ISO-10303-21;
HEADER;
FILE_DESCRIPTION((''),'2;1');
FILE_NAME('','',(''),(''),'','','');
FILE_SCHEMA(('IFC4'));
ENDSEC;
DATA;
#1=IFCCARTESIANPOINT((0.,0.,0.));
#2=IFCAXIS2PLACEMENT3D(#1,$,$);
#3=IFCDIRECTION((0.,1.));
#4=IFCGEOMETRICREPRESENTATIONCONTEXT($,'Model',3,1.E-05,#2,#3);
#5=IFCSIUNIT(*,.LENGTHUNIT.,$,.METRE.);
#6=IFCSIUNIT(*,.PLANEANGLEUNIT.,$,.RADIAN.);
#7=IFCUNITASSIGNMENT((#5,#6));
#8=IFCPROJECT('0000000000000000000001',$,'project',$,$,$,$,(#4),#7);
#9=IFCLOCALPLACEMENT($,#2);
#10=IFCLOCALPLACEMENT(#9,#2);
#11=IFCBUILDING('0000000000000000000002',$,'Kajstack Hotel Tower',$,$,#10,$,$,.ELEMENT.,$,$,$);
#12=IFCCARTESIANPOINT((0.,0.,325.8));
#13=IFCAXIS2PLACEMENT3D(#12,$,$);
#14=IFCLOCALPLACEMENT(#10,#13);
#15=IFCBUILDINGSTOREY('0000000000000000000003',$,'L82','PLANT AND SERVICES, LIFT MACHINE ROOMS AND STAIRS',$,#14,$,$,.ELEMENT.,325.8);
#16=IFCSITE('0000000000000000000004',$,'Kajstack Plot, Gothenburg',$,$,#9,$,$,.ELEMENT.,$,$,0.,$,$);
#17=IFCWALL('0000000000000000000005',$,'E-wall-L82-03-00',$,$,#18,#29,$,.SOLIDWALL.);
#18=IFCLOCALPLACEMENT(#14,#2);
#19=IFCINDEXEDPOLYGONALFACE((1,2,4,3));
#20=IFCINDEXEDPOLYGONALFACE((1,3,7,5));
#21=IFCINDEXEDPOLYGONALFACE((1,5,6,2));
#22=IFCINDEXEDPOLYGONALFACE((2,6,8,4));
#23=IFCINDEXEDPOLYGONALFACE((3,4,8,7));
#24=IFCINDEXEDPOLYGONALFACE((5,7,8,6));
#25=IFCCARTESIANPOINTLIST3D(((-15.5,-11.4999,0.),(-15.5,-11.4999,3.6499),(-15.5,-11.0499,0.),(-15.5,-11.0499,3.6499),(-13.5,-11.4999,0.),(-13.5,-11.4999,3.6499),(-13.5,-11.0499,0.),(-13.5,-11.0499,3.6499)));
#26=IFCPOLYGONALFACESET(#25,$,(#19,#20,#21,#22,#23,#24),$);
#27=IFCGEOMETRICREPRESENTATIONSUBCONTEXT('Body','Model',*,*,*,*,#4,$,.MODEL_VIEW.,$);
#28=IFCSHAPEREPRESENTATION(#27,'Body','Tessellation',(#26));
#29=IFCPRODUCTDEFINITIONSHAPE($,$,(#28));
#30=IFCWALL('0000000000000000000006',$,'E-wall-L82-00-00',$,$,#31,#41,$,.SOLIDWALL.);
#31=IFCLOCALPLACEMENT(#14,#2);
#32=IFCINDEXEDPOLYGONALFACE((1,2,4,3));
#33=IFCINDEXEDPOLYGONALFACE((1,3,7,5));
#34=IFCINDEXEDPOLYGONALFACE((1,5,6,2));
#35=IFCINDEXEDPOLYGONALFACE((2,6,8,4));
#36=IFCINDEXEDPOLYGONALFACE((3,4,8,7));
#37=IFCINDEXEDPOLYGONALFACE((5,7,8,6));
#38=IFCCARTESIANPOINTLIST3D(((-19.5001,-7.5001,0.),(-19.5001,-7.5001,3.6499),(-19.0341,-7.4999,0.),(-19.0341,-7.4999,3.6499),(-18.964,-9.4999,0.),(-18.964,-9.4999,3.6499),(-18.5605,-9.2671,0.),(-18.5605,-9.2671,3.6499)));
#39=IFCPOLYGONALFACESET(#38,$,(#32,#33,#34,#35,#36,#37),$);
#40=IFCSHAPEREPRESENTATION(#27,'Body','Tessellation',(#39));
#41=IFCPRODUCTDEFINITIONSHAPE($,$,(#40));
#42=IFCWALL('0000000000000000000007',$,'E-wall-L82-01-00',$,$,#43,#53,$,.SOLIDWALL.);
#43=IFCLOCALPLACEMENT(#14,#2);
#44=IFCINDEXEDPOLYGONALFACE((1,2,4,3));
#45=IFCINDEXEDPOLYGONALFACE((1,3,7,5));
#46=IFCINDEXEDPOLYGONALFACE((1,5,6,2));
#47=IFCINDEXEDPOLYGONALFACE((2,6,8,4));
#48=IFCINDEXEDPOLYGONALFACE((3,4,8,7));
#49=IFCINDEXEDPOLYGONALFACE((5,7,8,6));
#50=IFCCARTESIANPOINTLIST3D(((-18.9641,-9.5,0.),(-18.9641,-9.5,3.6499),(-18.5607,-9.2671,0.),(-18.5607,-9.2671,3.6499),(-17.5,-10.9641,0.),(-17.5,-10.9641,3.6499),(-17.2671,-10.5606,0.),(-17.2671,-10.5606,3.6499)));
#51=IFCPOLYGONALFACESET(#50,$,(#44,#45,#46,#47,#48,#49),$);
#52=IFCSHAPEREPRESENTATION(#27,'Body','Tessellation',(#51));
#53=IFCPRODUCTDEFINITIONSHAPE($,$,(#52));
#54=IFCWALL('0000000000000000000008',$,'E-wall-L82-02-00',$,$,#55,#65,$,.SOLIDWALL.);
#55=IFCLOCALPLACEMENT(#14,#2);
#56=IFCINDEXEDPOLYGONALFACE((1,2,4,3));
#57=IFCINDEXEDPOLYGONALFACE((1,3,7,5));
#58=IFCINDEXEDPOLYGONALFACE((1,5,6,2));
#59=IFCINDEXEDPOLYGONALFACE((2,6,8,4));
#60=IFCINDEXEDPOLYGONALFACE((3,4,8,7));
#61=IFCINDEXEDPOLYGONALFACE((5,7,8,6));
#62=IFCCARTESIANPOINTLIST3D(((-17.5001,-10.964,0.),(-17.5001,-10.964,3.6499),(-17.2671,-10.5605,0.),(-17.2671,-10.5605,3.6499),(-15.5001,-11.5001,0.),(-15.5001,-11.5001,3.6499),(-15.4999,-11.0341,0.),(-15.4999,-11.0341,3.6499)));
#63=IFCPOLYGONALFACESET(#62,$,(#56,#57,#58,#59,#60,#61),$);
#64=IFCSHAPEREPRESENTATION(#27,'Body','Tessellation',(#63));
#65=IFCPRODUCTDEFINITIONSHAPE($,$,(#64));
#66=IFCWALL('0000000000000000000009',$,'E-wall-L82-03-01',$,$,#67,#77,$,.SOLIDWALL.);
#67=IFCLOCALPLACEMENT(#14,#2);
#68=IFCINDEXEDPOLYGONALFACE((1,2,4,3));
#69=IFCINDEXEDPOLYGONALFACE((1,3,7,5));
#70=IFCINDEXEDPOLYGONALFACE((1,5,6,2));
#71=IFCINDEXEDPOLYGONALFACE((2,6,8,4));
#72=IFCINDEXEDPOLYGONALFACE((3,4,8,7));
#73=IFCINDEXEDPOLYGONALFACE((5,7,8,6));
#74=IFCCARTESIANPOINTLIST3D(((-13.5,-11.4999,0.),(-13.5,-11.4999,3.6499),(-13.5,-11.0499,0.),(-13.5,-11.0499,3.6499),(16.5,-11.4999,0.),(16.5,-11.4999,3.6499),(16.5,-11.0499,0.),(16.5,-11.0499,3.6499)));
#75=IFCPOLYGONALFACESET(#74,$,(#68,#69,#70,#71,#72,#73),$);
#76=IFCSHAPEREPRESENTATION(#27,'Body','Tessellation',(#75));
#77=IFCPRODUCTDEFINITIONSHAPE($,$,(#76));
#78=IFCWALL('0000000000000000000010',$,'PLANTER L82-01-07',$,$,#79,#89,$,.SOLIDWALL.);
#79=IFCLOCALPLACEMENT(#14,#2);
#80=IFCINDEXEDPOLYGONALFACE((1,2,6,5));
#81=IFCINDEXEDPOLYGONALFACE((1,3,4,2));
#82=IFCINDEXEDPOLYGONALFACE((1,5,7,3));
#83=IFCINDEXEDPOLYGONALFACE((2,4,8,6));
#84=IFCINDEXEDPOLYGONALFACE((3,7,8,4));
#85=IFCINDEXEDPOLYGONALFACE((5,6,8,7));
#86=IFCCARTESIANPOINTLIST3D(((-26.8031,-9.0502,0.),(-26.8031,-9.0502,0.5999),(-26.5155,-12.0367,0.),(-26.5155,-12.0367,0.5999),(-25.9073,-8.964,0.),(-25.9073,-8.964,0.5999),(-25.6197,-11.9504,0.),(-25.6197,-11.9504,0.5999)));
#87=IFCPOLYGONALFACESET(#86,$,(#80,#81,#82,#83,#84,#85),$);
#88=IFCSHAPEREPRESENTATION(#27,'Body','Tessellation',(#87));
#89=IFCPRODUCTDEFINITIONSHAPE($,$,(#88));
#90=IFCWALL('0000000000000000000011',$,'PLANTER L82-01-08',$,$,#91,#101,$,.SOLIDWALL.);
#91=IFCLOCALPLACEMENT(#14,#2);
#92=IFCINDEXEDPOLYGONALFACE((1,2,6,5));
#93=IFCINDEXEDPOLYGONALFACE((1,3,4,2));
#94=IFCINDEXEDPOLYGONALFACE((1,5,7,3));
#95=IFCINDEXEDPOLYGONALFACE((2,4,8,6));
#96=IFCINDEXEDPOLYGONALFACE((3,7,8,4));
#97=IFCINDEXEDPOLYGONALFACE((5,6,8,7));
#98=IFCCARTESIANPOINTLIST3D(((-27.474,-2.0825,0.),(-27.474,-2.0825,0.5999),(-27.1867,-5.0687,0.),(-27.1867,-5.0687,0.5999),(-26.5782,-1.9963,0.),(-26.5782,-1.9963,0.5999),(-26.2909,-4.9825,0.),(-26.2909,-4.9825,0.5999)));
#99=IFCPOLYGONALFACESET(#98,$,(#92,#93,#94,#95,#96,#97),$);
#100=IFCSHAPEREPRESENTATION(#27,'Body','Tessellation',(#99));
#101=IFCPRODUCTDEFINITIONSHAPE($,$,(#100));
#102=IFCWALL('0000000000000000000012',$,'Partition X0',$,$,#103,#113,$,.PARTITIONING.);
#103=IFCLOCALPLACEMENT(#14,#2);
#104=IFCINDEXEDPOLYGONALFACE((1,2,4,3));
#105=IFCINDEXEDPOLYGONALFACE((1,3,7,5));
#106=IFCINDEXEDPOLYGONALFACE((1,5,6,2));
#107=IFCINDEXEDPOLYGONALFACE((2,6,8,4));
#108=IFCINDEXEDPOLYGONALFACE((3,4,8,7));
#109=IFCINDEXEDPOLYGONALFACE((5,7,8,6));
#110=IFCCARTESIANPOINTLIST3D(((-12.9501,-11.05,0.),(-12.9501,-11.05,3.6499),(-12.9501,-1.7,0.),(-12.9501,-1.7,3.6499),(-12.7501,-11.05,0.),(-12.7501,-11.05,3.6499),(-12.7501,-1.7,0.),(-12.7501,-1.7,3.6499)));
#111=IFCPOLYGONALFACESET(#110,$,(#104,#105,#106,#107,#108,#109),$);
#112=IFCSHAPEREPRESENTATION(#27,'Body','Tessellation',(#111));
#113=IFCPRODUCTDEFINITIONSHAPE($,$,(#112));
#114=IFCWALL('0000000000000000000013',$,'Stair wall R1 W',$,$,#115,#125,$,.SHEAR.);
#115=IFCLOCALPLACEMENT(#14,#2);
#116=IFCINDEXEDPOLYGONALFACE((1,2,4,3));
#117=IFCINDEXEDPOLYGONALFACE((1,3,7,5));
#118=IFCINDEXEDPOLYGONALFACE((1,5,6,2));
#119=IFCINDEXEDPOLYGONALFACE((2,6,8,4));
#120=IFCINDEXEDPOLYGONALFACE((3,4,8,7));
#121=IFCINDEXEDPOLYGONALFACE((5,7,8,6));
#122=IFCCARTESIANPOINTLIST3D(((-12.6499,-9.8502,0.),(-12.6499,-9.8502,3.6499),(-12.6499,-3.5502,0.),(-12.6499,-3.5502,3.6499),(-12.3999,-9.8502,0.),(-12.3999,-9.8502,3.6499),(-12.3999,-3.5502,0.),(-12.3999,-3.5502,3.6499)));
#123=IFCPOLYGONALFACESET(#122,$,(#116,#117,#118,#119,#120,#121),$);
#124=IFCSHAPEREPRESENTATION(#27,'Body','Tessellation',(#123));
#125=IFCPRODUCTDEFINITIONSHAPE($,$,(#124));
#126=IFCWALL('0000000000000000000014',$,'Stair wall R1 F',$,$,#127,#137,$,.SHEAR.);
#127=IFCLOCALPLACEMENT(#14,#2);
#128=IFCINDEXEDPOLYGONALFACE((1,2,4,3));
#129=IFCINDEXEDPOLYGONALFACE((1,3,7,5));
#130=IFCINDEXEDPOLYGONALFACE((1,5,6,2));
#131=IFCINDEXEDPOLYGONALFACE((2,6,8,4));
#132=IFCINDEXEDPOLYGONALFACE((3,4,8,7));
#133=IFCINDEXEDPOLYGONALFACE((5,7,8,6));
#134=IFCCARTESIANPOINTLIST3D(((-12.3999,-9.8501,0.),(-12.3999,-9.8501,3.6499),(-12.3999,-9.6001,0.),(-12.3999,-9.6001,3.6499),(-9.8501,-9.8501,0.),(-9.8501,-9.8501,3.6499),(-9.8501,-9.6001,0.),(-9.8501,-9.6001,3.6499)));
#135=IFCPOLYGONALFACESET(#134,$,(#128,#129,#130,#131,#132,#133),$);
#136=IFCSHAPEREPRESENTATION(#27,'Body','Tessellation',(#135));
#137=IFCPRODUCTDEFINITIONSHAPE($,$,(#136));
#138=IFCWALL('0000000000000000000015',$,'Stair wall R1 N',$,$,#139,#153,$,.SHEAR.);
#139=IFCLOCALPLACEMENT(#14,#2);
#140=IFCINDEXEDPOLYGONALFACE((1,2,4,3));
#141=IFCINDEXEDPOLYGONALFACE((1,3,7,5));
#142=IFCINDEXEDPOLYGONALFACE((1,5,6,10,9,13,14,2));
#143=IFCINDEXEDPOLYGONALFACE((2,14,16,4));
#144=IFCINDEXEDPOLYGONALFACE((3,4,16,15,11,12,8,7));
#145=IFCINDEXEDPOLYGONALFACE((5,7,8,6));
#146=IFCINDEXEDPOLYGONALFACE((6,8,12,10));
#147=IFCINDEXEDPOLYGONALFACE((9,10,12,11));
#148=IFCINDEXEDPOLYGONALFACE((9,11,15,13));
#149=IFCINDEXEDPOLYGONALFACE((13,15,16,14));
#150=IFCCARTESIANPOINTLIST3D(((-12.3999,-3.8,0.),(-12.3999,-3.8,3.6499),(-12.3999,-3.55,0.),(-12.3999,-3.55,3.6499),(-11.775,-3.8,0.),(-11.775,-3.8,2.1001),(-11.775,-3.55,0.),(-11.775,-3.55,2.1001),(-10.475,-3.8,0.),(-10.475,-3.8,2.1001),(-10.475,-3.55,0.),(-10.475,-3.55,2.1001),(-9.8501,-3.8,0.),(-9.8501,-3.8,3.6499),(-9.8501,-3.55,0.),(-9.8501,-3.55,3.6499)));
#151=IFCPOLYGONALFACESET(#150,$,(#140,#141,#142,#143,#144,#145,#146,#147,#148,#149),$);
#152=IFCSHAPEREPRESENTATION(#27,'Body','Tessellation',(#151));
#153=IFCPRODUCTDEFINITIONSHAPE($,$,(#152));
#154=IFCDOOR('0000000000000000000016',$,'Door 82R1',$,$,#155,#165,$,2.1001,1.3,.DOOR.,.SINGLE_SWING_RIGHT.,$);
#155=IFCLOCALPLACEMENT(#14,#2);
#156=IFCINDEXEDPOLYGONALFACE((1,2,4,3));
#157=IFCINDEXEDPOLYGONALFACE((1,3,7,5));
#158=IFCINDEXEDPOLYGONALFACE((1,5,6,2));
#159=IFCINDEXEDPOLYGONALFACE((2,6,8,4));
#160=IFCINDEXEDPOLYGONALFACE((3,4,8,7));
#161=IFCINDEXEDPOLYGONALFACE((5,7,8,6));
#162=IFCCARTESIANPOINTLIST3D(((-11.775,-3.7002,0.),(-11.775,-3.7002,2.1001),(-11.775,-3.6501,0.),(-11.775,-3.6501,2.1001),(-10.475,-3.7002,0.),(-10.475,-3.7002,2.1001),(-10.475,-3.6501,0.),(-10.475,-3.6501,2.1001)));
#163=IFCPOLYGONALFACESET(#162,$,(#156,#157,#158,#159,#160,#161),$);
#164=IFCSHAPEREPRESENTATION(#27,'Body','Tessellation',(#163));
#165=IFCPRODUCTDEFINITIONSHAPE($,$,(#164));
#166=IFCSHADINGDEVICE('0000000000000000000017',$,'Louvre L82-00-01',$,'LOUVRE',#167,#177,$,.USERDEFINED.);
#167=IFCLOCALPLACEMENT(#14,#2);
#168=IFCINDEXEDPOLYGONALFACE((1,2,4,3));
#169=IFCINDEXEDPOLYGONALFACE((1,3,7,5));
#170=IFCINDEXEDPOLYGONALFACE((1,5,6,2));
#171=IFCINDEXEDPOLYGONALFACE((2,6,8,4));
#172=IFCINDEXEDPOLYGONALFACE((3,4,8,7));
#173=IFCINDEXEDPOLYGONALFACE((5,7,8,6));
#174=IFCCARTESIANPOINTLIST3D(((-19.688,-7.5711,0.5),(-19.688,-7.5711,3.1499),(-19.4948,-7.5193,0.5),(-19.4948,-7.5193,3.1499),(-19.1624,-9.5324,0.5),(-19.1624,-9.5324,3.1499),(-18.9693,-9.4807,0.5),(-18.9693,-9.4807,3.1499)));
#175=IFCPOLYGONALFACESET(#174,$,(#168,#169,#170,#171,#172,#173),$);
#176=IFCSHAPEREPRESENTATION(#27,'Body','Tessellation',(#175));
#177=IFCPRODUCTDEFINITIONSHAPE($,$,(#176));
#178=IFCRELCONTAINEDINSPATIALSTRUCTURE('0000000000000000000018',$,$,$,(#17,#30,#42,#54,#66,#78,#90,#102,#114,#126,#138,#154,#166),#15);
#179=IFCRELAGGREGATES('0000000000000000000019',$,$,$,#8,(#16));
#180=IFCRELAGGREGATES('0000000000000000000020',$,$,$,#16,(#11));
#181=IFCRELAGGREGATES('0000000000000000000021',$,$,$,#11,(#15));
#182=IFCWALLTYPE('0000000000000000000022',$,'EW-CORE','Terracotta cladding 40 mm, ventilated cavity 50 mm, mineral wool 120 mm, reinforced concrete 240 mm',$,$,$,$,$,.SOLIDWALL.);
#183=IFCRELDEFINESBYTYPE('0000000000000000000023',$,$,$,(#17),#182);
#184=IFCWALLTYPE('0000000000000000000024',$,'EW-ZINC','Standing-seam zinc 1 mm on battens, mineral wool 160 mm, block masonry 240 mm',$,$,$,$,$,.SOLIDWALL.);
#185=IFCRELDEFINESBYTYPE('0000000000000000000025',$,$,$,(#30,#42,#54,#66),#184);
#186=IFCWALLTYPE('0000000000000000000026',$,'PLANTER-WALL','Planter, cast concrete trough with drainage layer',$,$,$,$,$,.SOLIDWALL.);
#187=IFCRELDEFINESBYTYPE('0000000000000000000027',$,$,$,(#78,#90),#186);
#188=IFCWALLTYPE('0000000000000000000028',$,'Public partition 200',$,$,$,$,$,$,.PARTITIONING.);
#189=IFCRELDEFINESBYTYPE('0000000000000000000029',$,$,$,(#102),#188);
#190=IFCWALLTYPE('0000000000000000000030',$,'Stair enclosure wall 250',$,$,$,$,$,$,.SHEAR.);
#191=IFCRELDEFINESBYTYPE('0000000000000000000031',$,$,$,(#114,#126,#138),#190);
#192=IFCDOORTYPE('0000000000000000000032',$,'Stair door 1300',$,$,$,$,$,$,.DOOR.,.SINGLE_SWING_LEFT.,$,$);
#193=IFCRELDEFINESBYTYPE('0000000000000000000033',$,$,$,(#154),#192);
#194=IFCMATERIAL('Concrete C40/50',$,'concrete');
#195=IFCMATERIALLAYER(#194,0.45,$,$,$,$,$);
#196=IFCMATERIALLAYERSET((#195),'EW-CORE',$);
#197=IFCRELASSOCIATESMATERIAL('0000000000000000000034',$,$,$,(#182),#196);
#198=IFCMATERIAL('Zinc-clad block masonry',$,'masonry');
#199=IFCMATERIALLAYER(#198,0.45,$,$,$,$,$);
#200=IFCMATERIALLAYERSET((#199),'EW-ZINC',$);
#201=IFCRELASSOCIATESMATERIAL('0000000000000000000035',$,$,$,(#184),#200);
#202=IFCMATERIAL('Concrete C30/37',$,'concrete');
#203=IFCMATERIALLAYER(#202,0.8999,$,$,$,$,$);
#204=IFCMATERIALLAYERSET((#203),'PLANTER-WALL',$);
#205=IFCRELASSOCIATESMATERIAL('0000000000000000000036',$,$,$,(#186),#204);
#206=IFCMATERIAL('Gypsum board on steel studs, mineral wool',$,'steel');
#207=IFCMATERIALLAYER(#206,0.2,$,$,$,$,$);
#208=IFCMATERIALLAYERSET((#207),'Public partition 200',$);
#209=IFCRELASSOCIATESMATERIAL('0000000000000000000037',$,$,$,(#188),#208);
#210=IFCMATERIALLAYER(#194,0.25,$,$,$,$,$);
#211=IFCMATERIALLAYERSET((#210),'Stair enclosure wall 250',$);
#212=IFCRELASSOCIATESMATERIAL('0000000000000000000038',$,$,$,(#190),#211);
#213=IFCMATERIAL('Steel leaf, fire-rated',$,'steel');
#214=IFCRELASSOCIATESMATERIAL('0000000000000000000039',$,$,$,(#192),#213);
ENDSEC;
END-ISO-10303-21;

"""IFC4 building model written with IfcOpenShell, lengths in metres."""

from ifc_helpers import new_model, si_unit, direction, frame, frame_2d, origin, origin_2d, place, context, subcontext, project, spatial, polyline, rectangle, outline, extrude, material, layer, layer_set, type_object, element, fill, save


model = new_model("IFC4")

# Units and contexts
model_context = context("Model", 3, precision=1e-05, world=origin(), true_north=direction((0.0, 1.0)))
body_context = subcontext(model_context, "Body", "Model", "MODEL_VIEW")
ifc_project = project(units=[si_unit("LENGTHUNIT", "METRE"), si_unit("PLANEANGLEUNIT", "RADIAN")], contexts=[model_context])

# Site, building, storey
site_placement = place(None, origin())
site = spatial("IfcSite", under=ifc_project, at=site_placement, Name="Kajstack Plot, Gothenburg", CompositionType="ELEMENT", RefElevation=0.0)
building_placement = place(site_placement, origin())
building = spatial("IfcBuilding", under=site, at=building_placement, Name="Kajstack Hotel Tower", CompositionType="ELEMENT")
storey_placement = place(building_placement, frame((0.0, 0.0, 325.8)))
storey = spatial("IfcBuildingStorey", under=building, at=storey_placement, Name="L82", Description="PLANT AND SERVICES, LIFT MACHINE ROOMS AND STAIRS", CompositionType="ELEMENT", Elevation=325.8)

# Walls
ifc_material_1 = material(Name="Concrete C40/50", Category="concrete")
ifc_layer_1 = layer(ifc_material_1, 0.45)
ifc_layer_set_1 = layer_set([ifc_layer_1], Name="EW-CORE")
wall_type_1 = type_object("IfcWallType", Name="EW-CORE", Description="Terracotta cladding 40 mm, ventilated cavity 50 mm, mineral wool 120 mm, reinforced concrete 240 mm", PredefinedType="SOLIDWALL", material=ifc_layer_set_1)
wall_1_placement = place(storey_placement, frame((-15.5, -11.2749, 0.0), z_axis=(0.0, 0.0, 1.0), x_axis=(1.0, 0.0, 0.0)))
element("IfcWall", 1, at=wall_1_placement, inside=storey, type_object=wall_type_1, Name="E-wall-L82-03-00", PredefinedType="SOLIDWALL", context=body_context, shape_type="SweptSolid", body=[
    extrude(rectangle(XDim=2.0, YDim=0.45, at=frame_2d((1.0, 0.0))), origin(), (0.0, 0.0, 1.0), 3.6499),
])
ifc_material_2 = material(Name="Zinc-clad block masonry", Category="masonry")
ifc_layer_2 = layer(ifc_material_2, 0.45)
ifc_layer_set_2 = layer_set([ifc_layer_2], Name="EW-ZINC")
wall_type_2 = type_object("IfcWallType", Name="EW-ZINC", Description="Standing-seam zinc 1 mm on battens, mineral wool 160 mm, block masonry 240 mm", PredefinedType="SOLIDWALL", material=ifc_layer_set_2)
wall_2_placement = place(storey_placement, frame((-19.2827, -7.4417, 0.0), z_axis=(0.0, 0.0, 1.0), x_axis=(0.258815, -0.965927, 0.0)))
element("IfcWall", 2, at=wall_2_placement, inside=storey, type_object=wall_type_2, Name="E-wall-L82-00-00", PredefinedType="SOLIDWALL", context=body_context, shape_type="SweptSolid", body=[
    extrude(outline(polyline([(0.0002, -0.2251), (2.0706, -0.2249), (1.9502, 0.2251), (0.1206, 0.2251), (0.0002, -0.2251)])), origin(), (0.0, 0.0, 1.0), 3.6499),
])
wall_3_placement = place(storey_placement, frame((-18.8049, -9.3408, 0.0), z_axis=(0.0, 0.0, 1.0), x_axis=(0.707107, -0.707107, 0.0)))
element("IfcWall", 3, at=wall_3_placement, inside=storey, type_object=wall_type_2, Name="E-wall-L82-01-00", PredefinedType="SOLIDWALL", context=body_context, shape_type="SweptSolid", body=[
    extrude(outline(polyline([(0.0, -0.2251), (2.0706, -0.2251), (1.95, 0.2249), (0.1206, 0.2249), (0.0, -0.2251)])), origin(), (0.0, 0.0, 1.0), 3.6499),
])
wall_4_placement = place(storey_placement, frame((-17.4417, -10.7468, 0.0), z_axis=(0.0, 0.0, 1.0), x_axis=(0.965927, -0.258815, 0.0)))
element("IfcWall", 4, at=wall_4_placement, inside=storey, type_object=wall_type_2, Name="E-wall-L82-02-00", PredefinedType="SOLIDWALL", context=body_context, shape_type="SweptSolid", body=[
    extrude(outline(polyline([(-0.0002, -0.2249), (2.0703, -0.2251), (1.95, 0.2251), (0.1204, 0.2251), (-0.0002, -0.2249)])), origin(), (0.0, 0.0, 1.0), 3.6499),
])
wall_5_placement = place(storey_placement, frame((-13.5, -11.2749, 0.0), z_axis=(0.0, 0.0, 1.0), x_axis=(1.0, 0.0, 0.0)))
element("IfcWall", 5, at=wall_5_placement, inside=storey, type_object=wall_type_2, Name="E-wall-L82-03-01", PredefinedType="SOLIDWALL", context=body_context, shape_type="SweptSolid", body=[
    extrude(rectangle(XDim=30.0, YDim=0.45, at=frame_2d((15.0, 0.0))), origin(), (0.0, 0.0, 1.0), 3.6499),
])
ifc_material_3 = material(Name="Concrete C30/37", Category="concrete")
ifc_layer_3 = layer(ifc_material_3, 0.8999)
ifc_layer_set_3 = layer_set([ifc_layer_3], Name="PLANTER-WALL")
wall_type_3 = type_object("IfcWallType", Name="PLANTER-WALL", Description="Planter, cast concrete trough with drainage layer", PredefinedType="SOLIDWALL", material=ifc_layer_set_3)
wall_6_placement = place(storey_placement, frame((-26.0676, -11.9934, 0.0), z_axis=(0.0, 0.0, 1.0), x_axis=(-0.095861, 0.995395, 0.0)))
element("IfcWall", 6, at=wall_6_placement, inside=storey, type_object=wall_type_3, Name="PLANTER L82-01-07", PredefinedType="SOLIDWALL", context=body_context, shape_type="SweptSolid", body=[
    extrude(rectangle(XDim=3.0002, YDim=0.8999, at=frame_2d((1.5, 0.0))), origin(), (0.0, 0.0, 1.0), 0.5999),
])
wall_7_placement = place(storey_placement, frame((-26.7388, -5.0256, 0.0), z_axis=(0.0, 0.0, 1.0), x_axis=(-0.095781, 0.995402, 0.0)))
element("IfcWall", 7, at=wall_7_placement, inside=storey, type_object=wall_type_3, Name="PLANTER L82-01-08", PredefinedType="SOLIDWALL", context=body_context, shape_type="SweptSolid", body=[
    extrude(rectangle(XDim=3.0, YDim=0.8999, at=frame_2d((1.5, 0.0))), origin(), (0.0, 0.0, 1.0), 0.5999),
])
ifc_material_4 = material(Name="Gypsum board on steel studs, mineral wool", Category="steel")
ifc_layer_4 = layer(ifc_material_4, 0.2)
ifc_layer_set_4 = layer_set([ifc_layer_4], Name="Public partition 200")
wall_type_4 = type_object("IfcWallType", Name="Public partition 200", PredefinedType="PARTITIONING", material=ifc_layer_set_4)
wall_8_placement = place(storey_placement, frame((-12.8501, -11.05, 0.0), z_axis=(0.0, 0.0, 1.0), x_axis=(0.0, 1.0, 0.0)))
element("IfcWall", 8, at=wall_8_placement, inside=storey, type_object=wall_type_4, Name="Partition X0", PredefinedType="PARTITIONING", context=body_context, shape_type="SweptSolid", body=[
    extrude(rectangle(XDim=9.3501, YDim=0.2, at=frame_2d((4.675, 0.0))), origin(), (0.0, 0.0, 1.0), 3.6499),
])
ifc_layer_5 = layer(ifc_material_1, 0.25)
ifc_layer_set_5 = layer_set([ifc_layer_5], Name="Stair enclosure wall 250")
wall_type_5 = type_object("IfcWallType", Name="Stair enclosure wall 250", PredefinedType="SHEAR", material=ifc_layer_set_5)
wall_9_placement = place(storey_placement, frame((-12.5249, -9.8501, 0.0), z_axis=(0.0, 0.0, 1.0), x_axis=(0.0, 1.0, 0.0)))
element("IfcWall", 9, at=wall_9_placement, inside=storey, type_object=wall_type_5, Name="Stair wall R1 W", PredefinedType="SHEAR", context=body_context, shape_type="SweptSolid", body=[
    extrude(rectangle(XDim=6.3, YDim=0.25, at=frame_2d((3.1499, 0.0))), origin(), (0.0, 0.0, 1.0), 3.6499),
])
wall_10_placement = place(storey_placement, frame((-12.3999, -9.7251, 0.0), z_axis=(0.0, 0.0, 1.0), x_axis=(1.0, 0.0, 0.0)))
element("IfcWall", 10, at=wall_10_placement, inside=storey, type_object=wall_type_5, Name="Stair wall R1 F", PredefinedType="SHEAR", context=body_context, shape_type="SweptSolid", body=[
    extrude(rectangle(XDim=2.5498, YDim=0.25, at=frame_2d((1.2749, 0.0))), origin(), (0.0, 0.0, 1.0), 3.6499),
])

# Wall, opening, door
wall_11_placement = place(storey_placement, frame((-12.3999, -3.675, 0.0), z_axis=(0.0, 0.0, 1.0), x_axis=(1.0, 0.0, 0.0)))
wall_11 = element("IfcWall", 11, at=wall_11_placement, inside=storey, type_object=wall_type_5, Name="Stair wall R1 N", PredefinedType="SHEAR", context=body_context, shape_type="SweptSolid", body=[
    extrude(rectangle(XDim=2.5498, YDim=0.25, at=frame_2d((1.2749, 0.0))), origin(), (0.0, 0.0, 1.0), 3.6499),
])
opening_placement = place(wall_11_placement, frame((0.625, 0.0, 0.0)))
opening = element("IfcOpeningElement", 12, at=opening_placement, cuts=wall_11, PredefinedType="OPENING", context=body_context, shape_type="SweptSolid", body=[
    extrude(rectangle(XDim=1.3, YDim=2.1001, at=frame_2d((0.6499, 1.05))), frame((0.0, 0.135, 0.0), z_axis=(0.0, -1.0, 0.0), x_axis=(1.0, 0.0, 0.0)), (0.0, 0.0, 1.0), 0.27),
])
ifc_material_5 = material(Name="Steel leaf, fire-rated", Category="steel")
door_type = type_object("IfcDoorType", Name="Stair door 1300", OperationType="SINGLE_SWING_LEFT", PredefinedType="DOOR", material=ifc_material_5)
door_placement = place(opening_placement, origin())
door = element("IfcDoor", 13, at=door_placement, inside=storey, type_object=door_type, Name="Door 82R1", OperationType="SINGLE_SWING_RIGHT", OverallHeight=2.1001, OverallWidth=1.3, PredefinedType="DOOR", context=body_context, shape_type="SweptSolid", body=[
    extrude(rectangle(XDim=1.3, YDim=2.1001, at=frame_2d((0.6499, 1.05))), frame((0.0, 0.0249, 0.0), z_axis=(0.0, -1.0, 0.0), x_axis=(1.0, 0.0, 0.0)), (0.0, 0.0, 1.0), 0.05),
])
fill(opening, door)

# Shading device
for number, where, z_axis, x_axis, name in (
    (14, (-19.3286, -8.5259, 0.5), (0.0, 0.0, 1.0), (0.25882, -0.965926, 0.0), "Louvre L82-00-01"),
):
    element("IfcShadingDevice", number, at=place(storey_placement, frame(where, z_axis=z_axis, x_axis=x_axis)), inside=storey, Name=name, ObjectType="LOUVRE", PredefinedType="USERDEFINED", context=body_context, shape_type="SweptSolid", body=[
        extrude(rectangle(XDim=2.0305, YDim=0.2, at=origin_2d()), origin(), (0.0, 0.0, 1.0), 2.6499),
    ])

save(model, "model.ifc")
